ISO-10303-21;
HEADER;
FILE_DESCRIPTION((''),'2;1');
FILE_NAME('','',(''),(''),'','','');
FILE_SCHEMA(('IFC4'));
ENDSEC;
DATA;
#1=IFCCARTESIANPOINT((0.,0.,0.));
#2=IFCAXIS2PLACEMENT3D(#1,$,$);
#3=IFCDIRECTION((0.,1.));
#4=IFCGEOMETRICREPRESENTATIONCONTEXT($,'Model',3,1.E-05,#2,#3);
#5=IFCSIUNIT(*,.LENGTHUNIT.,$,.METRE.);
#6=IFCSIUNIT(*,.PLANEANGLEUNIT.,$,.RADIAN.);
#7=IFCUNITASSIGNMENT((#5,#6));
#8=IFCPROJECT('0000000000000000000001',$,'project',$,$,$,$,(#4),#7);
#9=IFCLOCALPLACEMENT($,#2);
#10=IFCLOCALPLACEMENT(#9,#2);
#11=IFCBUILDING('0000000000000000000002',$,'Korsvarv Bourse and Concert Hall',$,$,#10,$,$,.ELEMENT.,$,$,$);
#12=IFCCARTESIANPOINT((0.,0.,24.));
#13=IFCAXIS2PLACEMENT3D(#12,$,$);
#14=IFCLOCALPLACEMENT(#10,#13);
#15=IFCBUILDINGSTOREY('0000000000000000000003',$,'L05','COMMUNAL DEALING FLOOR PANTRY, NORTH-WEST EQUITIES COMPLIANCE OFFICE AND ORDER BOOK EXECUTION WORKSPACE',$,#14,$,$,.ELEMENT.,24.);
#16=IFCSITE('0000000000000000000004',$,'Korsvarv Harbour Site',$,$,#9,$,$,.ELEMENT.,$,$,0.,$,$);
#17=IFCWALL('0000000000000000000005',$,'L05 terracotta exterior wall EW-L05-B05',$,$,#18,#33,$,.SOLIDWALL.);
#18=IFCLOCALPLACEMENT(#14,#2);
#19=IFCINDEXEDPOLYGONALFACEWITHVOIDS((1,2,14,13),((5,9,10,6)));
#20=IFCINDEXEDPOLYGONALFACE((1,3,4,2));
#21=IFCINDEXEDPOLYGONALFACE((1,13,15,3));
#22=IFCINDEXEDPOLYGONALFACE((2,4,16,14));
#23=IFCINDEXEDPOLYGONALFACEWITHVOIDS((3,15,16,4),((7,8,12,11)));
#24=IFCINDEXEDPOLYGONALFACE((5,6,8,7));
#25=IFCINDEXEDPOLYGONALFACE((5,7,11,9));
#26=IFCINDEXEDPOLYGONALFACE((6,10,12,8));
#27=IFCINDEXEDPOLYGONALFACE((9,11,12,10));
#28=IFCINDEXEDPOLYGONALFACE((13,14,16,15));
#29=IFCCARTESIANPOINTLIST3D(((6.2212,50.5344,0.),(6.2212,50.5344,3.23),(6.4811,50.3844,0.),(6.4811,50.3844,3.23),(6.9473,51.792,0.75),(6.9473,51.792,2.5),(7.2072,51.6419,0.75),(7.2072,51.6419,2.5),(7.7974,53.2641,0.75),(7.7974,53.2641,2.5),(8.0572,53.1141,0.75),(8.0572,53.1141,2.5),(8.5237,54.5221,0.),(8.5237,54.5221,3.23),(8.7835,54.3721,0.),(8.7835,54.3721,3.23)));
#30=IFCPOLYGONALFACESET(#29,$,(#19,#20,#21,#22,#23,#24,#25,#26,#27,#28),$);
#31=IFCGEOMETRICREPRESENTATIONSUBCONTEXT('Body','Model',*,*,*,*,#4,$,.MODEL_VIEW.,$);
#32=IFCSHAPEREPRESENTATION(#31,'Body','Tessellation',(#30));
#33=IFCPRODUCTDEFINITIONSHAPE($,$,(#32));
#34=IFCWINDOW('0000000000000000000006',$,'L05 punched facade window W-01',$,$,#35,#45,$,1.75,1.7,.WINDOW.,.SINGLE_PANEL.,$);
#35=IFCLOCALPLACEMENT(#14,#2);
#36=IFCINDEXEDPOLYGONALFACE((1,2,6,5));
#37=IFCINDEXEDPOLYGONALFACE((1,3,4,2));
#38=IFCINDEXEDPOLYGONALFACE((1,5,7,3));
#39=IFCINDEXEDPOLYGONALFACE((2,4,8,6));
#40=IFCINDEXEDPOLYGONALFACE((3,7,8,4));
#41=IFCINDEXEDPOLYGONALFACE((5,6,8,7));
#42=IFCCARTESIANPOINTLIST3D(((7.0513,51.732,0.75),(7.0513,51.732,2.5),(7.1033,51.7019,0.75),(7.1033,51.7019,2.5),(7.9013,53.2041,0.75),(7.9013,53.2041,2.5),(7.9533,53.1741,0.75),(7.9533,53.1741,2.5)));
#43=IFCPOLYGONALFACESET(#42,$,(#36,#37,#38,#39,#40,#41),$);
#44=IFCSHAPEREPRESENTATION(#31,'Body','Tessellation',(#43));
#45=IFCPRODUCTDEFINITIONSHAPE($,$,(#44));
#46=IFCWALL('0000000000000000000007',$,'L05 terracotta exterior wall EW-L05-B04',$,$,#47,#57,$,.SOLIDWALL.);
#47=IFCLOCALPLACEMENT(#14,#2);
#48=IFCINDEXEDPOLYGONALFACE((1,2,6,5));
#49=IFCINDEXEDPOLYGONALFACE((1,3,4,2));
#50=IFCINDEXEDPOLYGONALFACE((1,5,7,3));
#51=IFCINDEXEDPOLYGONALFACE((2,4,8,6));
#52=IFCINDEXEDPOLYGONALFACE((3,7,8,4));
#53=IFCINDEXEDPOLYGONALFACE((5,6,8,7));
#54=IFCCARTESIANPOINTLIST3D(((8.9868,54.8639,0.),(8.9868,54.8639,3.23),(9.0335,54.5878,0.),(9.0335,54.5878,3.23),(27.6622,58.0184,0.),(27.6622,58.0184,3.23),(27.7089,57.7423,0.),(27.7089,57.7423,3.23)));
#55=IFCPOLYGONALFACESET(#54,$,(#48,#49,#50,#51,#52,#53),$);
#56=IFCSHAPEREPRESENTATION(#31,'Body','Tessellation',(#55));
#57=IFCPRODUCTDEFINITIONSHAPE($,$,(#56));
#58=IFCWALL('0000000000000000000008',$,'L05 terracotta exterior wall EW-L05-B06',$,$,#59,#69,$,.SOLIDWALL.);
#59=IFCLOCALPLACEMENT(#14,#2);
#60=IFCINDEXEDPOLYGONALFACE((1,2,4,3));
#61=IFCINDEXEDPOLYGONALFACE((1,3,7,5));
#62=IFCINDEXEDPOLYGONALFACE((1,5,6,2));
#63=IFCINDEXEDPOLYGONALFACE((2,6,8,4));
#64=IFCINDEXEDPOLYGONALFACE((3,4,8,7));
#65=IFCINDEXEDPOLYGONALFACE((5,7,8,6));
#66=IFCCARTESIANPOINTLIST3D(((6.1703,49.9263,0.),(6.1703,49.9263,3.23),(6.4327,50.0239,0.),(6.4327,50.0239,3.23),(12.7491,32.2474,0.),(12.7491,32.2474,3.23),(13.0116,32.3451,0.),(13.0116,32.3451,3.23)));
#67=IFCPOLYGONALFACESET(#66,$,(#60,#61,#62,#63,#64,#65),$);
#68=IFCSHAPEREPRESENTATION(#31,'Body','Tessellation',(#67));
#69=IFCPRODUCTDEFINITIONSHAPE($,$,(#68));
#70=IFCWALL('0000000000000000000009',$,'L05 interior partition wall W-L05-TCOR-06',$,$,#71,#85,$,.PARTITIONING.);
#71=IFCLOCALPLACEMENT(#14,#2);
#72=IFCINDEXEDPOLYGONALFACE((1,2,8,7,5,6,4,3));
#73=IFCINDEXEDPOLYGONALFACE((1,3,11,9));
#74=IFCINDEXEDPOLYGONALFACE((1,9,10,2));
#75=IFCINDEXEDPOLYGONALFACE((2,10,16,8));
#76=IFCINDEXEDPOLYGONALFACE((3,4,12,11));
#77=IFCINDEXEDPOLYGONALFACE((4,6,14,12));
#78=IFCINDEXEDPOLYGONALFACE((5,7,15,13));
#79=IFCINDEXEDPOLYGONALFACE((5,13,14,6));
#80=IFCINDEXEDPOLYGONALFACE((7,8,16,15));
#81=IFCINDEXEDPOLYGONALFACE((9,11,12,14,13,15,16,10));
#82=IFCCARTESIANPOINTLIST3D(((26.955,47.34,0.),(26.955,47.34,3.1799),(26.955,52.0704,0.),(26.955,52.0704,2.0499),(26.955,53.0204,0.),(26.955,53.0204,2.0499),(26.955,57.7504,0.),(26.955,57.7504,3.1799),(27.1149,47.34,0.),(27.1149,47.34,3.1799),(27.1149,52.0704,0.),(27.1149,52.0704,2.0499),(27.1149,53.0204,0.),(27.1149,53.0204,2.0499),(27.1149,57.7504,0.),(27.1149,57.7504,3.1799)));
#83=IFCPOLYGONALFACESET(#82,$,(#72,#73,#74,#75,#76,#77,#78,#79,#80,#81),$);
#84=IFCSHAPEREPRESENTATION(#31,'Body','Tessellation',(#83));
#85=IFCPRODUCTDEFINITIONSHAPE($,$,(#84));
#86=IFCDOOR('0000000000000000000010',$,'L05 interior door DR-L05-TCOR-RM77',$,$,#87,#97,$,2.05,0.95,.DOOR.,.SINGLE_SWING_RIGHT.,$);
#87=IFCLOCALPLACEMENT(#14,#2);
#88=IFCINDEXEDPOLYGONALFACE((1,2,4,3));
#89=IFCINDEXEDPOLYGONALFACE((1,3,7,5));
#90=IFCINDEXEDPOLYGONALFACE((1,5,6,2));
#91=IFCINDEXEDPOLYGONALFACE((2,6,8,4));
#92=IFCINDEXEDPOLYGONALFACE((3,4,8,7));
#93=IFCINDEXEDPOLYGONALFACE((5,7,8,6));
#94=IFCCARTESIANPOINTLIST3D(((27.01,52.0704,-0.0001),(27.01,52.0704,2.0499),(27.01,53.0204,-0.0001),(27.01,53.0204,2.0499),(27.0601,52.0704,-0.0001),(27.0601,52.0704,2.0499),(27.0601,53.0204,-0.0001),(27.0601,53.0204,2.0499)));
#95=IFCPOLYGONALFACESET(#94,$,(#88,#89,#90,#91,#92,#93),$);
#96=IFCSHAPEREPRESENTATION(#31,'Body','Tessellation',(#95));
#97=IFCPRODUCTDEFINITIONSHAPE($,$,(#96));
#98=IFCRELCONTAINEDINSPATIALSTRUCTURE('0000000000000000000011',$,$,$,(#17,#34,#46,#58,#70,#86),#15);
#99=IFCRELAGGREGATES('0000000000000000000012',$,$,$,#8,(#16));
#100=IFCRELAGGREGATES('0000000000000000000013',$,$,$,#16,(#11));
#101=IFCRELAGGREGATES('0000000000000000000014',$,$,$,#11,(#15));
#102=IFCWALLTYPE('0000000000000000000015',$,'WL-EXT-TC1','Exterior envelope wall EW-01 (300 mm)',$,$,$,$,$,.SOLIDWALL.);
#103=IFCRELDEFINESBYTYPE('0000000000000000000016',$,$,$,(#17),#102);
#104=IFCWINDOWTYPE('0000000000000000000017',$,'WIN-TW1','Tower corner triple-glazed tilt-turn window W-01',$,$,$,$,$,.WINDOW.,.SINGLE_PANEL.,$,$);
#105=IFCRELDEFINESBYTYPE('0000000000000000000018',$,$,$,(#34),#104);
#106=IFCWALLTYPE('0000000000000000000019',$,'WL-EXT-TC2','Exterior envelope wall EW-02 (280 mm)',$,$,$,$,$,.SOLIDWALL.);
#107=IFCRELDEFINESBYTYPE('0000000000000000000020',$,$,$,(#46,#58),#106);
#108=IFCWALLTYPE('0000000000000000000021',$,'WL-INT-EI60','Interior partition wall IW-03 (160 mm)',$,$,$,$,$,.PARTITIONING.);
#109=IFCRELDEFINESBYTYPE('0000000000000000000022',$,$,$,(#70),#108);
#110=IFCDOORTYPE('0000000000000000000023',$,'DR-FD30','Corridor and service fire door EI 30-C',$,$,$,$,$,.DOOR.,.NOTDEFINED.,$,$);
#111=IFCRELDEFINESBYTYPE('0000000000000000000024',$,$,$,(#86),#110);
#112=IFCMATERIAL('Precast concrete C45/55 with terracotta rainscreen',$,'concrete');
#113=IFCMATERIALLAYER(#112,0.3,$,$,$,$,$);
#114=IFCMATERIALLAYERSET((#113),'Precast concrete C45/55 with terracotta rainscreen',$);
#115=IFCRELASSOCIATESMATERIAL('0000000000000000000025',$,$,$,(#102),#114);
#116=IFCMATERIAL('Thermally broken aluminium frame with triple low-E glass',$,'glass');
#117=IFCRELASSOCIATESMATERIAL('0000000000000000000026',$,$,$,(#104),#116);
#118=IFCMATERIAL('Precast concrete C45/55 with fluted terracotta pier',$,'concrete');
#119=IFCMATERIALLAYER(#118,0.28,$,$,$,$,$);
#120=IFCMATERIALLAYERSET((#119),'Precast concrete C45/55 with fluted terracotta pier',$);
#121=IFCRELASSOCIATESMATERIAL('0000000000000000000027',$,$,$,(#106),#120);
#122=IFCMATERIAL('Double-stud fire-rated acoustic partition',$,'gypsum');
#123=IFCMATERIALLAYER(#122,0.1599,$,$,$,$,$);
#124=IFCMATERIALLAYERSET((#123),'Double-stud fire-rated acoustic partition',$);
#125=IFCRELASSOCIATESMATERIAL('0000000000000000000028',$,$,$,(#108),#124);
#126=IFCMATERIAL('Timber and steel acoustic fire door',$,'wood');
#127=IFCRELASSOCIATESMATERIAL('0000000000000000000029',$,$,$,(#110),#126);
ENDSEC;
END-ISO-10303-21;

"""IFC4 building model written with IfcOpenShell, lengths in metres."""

from ifc_helpers import new_model, si_unit, direction, frame, frame_2d, origin, place, context, subcontext, project, spatial, rectangle, extrude, material, layer, layer_set, type_object, element, fill, save


model = new_model("IFC4")

# Units and contexts
model_context = context("Model", 3, precision=1e-05, world=origin(), true_north=direction((0.0, 1.0)))
body_context = subcontext(model_context, "Body", "Model", "MODEL_VIEW")
ifc_project = project(units=[si_unit("LENGTHUNIT", "METRE"), si_unit("PLANEANGLEUNIT", "RADIAN")], contexts=[model_context])

# Site, building, storey
site_placement = place(None, origin())
site = spatial("IfcSite", under=ifc_project, at=site_placement, Name="Korsvarv Harbour Site", CompositionType="ELEMENT", RefElevation=0.0)
building_placement = place(site_placement, origin())
building = spatial("IfcBuilding", under=site, at=building_placement, Name="Korsvarv Bourse and Concert Hall", CompositionType="ELEMENT")
storey_placement = place(building_placement, frame((0.0, 0.0, 24.0)))
storey = spatial("IfcBuildingStorey", under=building, at=storey_placement, Name="L05", Description="COMMUNAL DEALING FLOOR PANTRY, NORTH-WEST EQUITIES COMPLIANCE OFFICE AND ORDER BOOK EXECUTION WORKSPACE", CompositionType="ELEMENT", Elevation=24.0)

# Wall, opening, window
ifc_material_1 = material(Name="Precast concrete C45/55 with terracotta rainscreen", Category="concrete")
ifc_layer_1 = layer(ifc_material_1, 0.3)
ifc_layer_set_1 = layer_set([ifc_layer_1], Name="Precast concrete C45/55 with terracotta rainscreen")
wall_type_1 = type_object("IfcWallType", Name="WL-EXT-TC1", Description="Exterior envelope wall EW-01 (300 mm)", PredefinedType="SOLIDWALL", material=ifc_layer_set_1)
wall_1_placement = place(storey_placement, frame((8.6536, 54.447, 0.0), z_axis=(0.0, 0.0, 1.0), x_axis=(-0.500022, -0.866013, 0.0)))
wall_1 = element("IfcWall", 1, at=wall_1_placement, inside=storey, type_object=wall_type_1, Name="L05 terracotta exterior wall EW-L05-B05", PredefinedType="SOLIDWALL", context=body_context, shape_type="SweptSolid", body=[
    extrude(rectangle(XDim=4.6047, YDim=0.3, at=frame_2d((2.3022, 0.0))), origin(), (0.0, 0.0, 1.0), 3.23),
])
opening_1_placement = place(wall_1_placement, frame((1.4524, 0.0, 0.75)))
opening_1 = element("IfcOpeningElement", 2, at=opening_1_placement, cuts=wall_1, PredefinedType="OPENING", context=body_context, shape_type="SweptSolid", body=[
    extrude(rectangle(XDim=1.7, YDim=1.75, at=frame_2d((0.8501, 0.875))), frame((0.0, 0.1602, 0.0), z_axis=(0.0, -1.0, 0.0), x_axis=(1.0, 0.0, 0.0)), (0.0, 0.0, 1.0), 0.3201),
])
ifc_material_2 = material(Name="Thermally broken aluminium frame with triple low-E glass", Category="glass")
window_type = type_object("IfcWindowType", Name="WIN-TW1", Description="Tower corner triple-glazed tilt-turn window W-01", PartitioningType="SINGLE_PANEL", PredefinedType="WINDOW", material=ifc_material_2)
window_placement = place(opening_1_placement, origin())
window = element("IfcWindow", 3, at=window_placement, inside=storey, type_object=window_type, Name="L05 punched facade window W-01", OverallHeight=1.75, OverallWidth=1.7, PartitioningType="SINGLE_PANEL", PredefinedType="WINDOW", context=body_context, shape_type="SweptSolid", body=[
    extrude(rectangle(XDim=1.7, YDim=1.75, at=frame_2d((0.8501, 0.875))), frame((0.0, 0.03, 0.0), z_axis=(0.0, -1.0, 0.0), x_axis=(1.0, 0.0, 0.0)), (0.0, 0.0, 1.0), 0.0601),
])
fill(opening_1, window)

# Walls
ifc_material_3 = material(Name="Precast concrete C45/55 with fluted terracotta pier", Category="concrete")
ifc_layer_2 = layer(ifc_material_3, 0.28)
ifc_layer_set_2 = layer_set([ifc_layer_2], Name="Precast concrete C45/55 with fluted terracotta pier")
wall_type_2 = type_object("IfcWallType", Name="WL-EXT-TC2", Description="Exterior envelope wall EW-02 (280 mm)", PredefinedType="SOLIDWALL", material=ifc_layer_set_2)
wall_2_placement = place(storey_placement, frame((27.6855, 57.8804, 0.0), z_axis=(0.0, 0.0, 1.0), x_axis=(-0.986032, -0.166556, 0.0)))
element("IfcWall", 4, at=wall_2_placement, inside=storey, type_object=wall_type_2, Name="L05 terracotta exterior wall EW-L05-B04", PredefinedType="SOLIDWALL", context=body_context, shape_type="SweptSolid", body=[
    extrude(rectangle(XDim=18.9399, YDim=0.28, at=frame_2d((9.47, 0.0))), origin(), (0.0, 0.0, 1.0), 3.23),
])
wall_3_placement = place(storey_placement, frame((6.3015, 49.9751, 0.0), z_axis=(0.0, 0.0, 1.0), x_axis=(0.348764, -0.937211, 0.0)))
element("IfcWall", 5, at=wall_3_placement, inside=storey, type_object=wall_type_2, Name="L05 terracotta exterior wall EW-L05-B06", PredefinedType="SOLIDWALL", context=body_context, shape_type="SweptSolid", body=[
    extrude(rectangle(XDim=18.8633, YDim=0.28, at=frame_2d((9.4316, 0.0))), origin(), (0.0, 0.0, 1.0), 3.23),
])

# Wall, opening, door
ifc_material_4 = material(Name="Double-stud fire-rated acoustic partition", Category="gypsum")
ifc_layer_3 = layer(ifc_material_4, 0.1599)
ifc_layer_set_3 = layer_set([ifc_layer_3], Name="Double-stud fire-rated acoustic partition")
wall_type_3 = type_object("IfcWallType", Name="WL-INT-EI60", Description="Interior partition wall IW-03 (160 mm)", PredefinedType="PARTITIONING", material=ifc_layer_set_3)
wall_4_placement = place(storey_placement, frame((27.0349, 47.3401, 0.0), z_axis=(0.0, 0.0, 1.0), x_axis=(0.0, 1.0, 0.0)))
wall_4 = element("IfcWall", 6, at=wall_4_placement, inside=storey, type_object=wall_type_3, Name="L05 interior partition wall W-L05-TCOR-06", PredefinedType="PARTITIONING", context=body_context, shape_type="SweptSolid", body=[
    extrude(rectangle(XDim=10.4104, YDim=0.1599, at=frame_2d((5.2051, 0.0))), origin(), (0.0, 0.0, 1.0), 3.1799),
])
opening_2_placement = place(wall_4_placement, frame((4.7302, 0.0, 0.0)))
opening_2 = element("IfcOpeningElement", 7, at=opening_2_placement, cuts=wall_4, PredefinedType="OPENING", context=body_context, shape_type="SweptSolid", body=[
    extrude(rectangle(XDim=0.95, YDim=2.05, at=frame_2d((0.4751, 1.0249))), frame((0.0, 0.0898, 0.0), z_axis=(0.0, -1.0, 0.0), x_axis=(1.0, 0.0, 0.0)), (0.0, 0.0, 1.0), 0.1799),
])
ifc_material_5 = material(Name="Timber and steel acoustic fire door", Category="wood")
door_type = type_object("IfcDoorType", Name="DR-FD30", Description="Corridor and service fire door EI 30-C", OperationType="NOTDEFINED", PredefinedType="DOOR", material=ifc_material_5)
door_placement = place(opening_2_placement, origin())
door = element("IfcDoor", 8, at=door_placement, inside=storey, type_object=door_type, Name="L05 interior door DR-L05-TCOR-RM77", OperationType="SINGLE_SWING_RIGHT", OverallHeight=2.05, OverallWidth=0.95, PredefinedType="DOOR", context=body_context, shape_type="SweptSolid", body=[
    extrude(rectangle(XDim=0.95, YDim=2.05, at=frame_2d((0.4751, 1.0249))), frame((0.0, 0.0249, 0.0), z_axis=(0.0, -1.0, 0.0), x_axis=(1.0, 0.0, 0.0)), (0.0, 0.0, 1.0), 0.05),
])
fill(opening_2, door)

save(model, "model.ifc")
